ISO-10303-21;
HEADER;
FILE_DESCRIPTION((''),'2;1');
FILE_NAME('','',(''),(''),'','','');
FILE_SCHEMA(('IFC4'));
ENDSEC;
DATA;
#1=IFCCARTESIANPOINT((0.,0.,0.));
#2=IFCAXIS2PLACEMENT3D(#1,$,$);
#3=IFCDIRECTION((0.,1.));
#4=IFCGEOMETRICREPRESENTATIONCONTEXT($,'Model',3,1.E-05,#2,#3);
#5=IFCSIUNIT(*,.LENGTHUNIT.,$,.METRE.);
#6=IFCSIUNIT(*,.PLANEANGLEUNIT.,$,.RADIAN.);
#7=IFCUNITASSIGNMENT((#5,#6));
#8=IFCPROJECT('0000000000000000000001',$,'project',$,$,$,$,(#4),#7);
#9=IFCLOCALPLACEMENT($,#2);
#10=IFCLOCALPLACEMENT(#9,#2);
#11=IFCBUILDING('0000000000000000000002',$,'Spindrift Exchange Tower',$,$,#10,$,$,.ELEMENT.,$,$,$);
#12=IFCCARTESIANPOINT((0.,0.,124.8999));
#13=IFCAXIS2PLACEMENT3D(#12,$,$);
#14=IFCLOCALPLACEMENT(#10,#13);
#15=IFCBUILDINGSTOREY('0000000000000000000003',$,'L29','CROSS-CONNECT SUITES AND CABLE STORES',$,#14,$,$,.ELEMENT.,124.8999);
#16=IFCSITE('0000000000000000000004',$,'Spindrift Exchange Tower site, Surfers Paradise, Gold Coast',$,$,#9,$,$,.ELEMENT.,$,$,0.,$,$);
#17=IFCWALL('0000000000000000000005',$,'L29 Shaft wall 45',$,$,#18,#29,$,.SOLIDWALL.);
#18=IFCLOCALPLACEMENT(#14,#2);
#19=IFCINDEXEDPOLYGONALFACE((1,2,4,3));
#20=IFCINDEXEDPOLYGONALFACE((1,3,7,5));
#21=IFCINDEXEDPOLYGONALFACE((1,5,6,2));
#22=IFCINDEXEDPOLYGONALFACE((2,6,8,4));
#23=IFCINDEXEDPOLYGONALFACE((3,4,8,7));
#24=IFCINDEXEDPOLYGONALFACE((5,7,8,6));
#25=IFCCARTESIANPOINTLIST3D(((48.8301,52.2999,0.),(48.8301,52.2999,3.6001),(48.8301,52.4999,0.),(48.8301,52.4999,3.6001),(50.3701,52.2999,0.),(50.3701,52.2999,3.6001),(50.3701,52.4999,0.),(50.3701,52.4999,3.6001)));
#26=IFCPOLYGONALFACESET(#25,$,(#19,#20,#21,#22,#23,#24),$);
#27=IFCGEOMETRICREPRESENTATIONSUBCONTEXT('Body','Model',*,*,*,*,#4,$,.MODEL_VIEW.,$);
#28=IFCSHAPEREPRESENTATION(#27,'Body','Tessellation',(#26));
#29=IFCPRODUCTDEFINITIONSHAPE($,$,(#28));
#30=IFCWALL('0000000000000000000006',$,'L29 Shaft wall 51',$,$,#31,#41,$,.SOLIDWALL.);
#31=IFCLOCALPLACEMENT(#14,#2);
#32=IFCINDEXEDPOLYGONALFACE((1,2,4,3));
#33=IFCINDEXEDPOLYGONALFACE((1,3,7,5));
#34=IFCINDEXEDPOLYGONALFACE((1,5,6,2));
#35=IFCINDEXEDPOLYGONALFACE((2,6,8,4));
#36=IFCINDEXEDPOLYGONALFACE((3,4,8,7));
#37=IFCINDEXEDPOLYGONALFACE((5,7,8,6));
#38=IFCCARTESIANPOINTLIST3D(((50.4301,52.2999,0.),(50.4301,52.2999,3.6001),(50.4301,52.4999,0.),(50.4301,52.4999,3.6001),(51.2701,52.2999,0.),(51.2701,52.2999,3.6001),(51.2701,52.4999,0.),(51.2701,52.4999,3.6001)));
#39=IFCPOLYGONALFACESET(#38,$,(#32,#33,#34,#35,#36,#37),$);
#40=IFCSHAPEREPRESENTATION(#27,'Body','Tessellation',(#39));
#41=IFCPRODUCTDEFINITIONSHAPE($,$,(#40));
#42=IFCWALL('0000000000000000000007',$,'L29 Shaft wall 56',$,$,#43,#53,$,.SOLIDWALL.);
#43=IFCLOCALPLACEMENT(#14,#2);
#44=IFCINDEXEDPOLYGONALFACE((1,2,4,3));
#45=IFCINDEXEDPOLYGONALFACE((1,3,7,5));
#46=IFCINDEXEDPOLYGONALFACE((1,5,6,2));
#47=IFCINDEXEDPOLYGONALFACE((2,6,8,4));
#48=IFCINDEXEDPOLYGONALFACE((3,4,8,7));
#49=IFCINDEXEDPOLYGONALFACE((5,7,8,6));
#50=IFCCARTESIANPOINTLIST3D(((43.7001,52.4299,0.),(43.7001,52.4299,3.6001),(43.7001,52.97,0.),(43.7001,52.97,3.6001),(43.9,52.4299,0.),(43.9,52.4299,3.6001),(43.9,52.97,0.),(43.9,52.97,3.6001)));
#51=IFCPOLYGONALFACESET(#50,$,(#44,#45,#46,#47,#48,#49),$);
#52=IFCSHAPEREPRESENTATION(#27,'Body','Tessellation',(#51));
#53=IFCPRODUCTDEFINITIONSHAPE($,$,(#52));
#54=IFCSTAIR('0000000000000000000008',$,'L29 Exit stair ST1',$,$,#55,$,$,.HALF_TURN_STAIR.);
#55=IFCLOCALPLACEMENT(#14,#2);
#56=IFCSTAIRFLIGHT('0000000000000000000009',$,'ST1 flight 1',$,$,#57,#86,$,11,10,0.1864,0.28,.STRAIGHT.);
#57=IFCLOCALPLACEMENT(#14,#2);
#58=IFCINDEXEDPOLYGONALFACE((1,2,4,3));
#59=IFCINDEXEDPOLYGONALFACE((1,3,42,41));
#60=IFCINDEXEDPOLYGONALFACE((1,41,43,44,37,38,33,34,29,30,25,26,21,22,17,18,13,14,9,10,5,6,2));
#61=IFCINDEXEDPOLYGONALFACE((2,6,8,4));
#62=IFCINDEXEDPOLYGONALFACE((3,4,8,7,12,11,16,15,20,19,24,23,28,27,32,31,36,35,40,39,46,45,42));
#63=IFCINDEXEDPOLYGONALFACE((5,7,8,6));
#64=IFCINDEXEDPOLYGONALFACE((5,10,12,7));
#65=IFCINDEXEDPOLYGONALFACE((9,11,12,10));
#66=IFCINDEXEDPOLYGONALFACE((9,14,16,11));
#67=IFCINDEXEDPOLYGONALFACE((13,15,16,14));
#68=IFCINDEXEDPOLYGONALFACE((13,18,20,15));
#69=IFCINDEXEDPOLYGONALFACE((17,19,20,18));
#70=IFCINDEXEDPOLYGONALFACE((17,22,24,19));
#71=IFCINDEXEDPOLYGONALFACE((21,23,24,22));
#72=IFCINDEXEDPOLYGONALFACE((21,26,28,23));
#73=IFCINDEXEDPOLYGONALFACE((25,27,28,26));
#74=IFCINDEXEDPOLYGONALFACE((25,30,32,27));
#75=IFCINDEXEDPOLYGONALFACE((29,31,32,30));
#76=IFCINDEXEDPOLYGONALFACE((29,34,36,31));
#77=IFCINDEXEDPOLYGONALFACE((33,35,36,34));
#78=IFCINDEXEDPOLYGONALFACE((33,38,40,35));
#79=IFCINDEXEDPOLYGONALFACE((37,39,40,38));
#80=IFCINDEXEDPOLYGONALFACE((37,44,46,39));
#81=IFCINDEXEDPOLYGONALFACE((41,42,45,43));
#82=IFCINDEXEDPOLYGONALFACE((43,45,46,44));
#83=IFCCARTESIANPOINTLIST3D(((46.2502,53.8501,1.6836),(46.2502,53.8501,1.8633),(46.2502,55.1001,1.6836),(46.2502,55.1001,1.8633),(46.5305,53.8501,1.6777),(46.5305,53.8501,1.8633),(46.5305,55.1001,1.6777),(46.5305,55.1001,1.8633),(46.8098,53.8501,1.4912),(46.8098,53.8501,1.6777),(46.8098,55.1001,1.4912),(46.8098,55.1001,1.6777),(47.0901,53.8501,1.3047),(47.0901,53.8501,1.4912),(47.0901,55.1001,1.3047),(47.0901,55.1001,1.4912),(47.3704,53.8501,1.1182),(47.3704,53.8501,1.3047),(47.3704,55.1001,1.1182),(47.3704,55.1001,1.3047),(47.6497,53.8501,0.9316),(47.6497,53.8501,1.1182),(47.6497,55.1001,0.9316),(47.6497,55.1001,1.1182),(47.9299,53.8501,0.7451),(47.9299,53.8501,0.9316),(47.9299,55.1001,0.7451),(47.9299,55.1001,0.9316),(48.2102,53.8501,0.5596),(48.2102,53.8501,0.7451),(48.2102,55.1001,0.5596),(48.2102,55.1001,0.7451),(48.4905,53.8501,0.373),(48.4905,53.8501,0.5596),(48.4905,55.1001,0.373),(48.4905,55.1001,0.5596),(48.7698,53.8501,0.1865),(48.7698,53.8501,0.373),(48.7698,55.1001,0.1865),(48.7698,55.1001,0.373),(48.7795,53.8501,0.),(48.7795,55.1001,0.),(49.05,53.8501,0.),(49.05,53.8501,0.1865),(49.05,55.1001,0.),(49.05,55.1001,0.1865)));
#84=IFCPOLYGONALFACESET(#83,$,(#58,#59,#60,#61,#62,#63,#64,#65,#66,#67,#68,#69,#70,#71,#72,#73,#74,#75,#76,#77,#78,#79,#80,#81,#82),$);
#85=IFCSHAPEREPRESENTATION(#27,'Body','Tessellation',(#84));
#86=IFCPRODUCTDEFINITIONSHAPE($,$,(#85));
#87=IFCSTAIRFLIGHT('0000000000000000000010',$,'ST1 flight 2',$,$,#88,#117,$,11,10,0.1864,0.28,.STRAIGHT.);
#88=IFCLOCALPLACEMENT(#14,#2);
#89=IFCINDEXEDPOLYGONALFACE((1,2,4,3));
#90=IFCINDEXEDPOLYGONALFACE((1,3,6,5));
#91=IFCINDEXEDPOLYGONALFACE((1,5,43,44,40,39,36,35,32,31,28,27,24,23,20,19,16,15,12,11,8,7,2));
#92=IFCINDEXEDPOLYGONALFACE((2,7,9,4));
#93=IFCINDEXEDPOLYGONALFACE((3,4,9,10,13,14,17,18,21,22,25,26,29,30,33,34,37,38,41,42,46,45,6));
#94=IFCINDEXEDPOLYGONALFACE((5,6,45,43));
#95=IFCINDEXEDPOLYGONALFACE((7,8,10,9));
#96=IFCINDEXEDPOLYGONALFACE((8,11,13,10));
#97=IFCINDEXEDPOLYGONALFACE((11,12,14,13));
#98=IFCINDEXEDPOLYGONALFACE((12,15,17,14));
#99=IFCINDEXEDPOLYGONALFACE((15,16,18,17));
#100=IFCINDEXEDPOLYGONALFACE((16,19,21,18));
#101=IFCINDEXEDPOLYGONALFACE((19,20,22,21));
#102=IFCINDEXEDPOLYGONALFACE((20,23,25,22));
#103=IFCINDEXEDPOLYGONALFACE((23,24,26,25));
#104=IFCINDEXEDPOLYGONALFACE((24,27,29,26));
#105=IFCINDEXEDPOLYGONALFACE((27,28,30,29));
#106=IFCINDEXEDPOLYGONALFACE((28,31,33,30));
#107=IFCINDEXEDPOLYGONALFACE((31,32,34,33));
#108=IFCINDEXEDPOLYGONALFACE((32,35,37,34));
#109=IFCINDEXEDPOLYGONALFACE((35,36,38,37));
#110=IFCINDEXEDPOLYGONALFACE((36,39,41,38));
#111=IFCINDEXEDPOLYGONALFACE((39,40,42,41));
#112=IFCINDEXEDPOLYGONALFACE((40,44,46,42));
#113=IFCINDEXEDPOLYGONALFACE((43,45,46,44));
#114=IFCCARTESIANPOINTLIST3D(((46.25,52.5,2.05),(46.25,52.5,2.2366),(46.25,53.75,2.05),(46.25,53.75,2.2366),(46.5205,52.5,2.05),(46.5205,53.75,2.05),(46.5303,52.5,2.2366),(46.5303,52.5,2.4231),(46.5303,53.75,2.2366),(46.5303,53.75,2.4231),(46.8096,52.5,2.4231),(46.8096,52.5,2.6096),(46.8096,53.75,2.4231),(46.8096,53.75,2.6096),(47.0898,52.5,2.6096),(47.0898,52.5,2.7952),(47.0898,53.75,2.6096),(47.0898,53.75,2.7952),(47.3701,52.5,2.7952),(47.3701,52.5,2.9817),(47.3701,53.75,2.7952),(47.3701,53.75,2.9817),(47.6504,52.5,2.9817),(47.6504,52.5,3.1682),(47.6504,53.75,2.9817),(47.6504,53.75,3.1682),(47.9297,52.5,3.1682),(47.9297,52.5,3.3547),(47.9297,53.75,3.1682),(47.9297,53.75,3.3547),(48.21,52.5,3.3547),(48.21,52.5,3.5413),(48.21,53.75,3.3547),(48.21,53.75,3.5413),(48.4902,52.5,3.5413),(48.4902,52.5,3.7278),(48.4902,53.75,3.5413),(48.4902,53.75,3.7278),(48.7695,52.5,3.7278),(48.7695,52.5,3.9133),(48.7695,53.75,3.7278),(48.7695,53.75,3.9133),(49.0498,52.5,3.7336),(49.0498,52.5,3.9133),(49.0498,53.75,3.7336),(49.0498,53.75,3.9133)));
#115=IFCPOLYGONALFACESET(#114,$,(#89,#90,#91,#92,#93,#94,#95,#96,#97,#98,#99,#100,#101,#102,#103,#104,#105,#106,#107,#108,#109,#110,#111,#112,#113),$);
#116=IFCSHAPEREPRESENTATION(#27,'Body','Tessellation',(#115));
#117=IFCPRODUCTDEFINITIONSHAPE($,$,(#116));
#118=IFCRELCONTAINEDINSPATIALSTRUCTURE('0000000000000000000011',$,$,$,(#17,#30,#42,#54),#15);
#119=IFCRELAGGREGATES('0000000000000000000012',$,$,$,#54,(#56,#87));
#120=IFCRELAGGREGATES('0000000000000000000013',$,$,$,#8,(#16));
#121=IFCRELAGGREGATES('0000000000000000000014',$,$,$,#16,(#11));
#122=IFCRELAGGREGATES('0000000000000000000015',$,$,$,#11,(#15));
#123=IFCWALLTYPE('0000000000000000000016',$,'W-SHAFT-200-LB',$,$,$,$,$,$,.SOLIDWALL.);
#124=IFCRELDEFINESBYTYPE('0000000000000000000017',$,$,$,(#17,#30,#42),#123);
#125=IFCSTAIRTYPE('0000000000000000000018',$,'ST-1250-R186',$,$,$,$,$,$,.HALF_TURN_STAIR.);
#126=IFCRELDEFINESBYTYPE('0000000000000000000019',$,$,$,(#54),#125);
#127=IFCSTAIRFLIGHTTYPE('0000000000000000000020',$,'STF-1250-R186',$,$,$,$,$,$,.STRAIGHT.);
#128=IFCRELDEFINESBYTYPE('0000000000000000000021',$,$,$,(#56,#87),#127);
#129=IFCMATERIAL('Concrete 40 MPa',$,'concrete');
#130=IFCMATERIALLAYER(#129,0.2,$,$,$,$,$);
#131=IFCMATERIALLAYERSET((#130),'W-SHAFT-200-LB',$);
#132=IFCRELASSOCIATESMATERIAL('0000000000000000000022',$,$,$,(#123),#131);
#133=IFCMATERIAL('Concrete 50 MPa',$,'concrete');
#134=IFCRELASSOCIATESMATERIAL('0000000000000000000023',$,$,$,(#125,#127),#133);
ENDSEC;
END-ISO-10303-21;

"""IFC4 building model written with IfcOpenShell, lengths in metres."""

from ifc_helpers import new_model, si_unit, direction, frame, frame_2d, origin, place, context, subcontext, project, spatial, line, indexed_curve, rectangle, outline, extrude, material, layer, layer_set, type_object, element, aggregate, save


model = new_model("IFC4")

# Units and contexts
model_context = context("Model", 3, precision=1e-05, world=origin(), true_north=direction((0.0, 1.0)))
body_context = subcontext(model_context, "Body", "Model", "MODEL_VIEW")
ifc_project = project(units=[si_unit("LENGTHUNIT", "METRE"), si_unit("PLANEANGLEUNIT", "RADIAN")], contexts=[model_context])

# Site, building, storey
site_placement = place(None, origin())
site = spatial("IfcSite", under=ifc_project, at=site_placement, Name="Spindrift Exchange Tower site, Surfers Paradise, Gold Coast", CompositionType="ELEMENT", RefElevation=0.0)
building_placement = place(site_placement, origin())
building = spatial("IfcBuilding", under=site, at=building_placement, Name="Spindrift Exchange Tower", CompositionType="ELEMENT")
storey_placement = place(building_placement, frame((0.0, 0.0, 124.8999)))
storey = spatial("IfcBuildingStorey", under=building, at=storey_placement, Name="L29", Description="CROSS-CONNECT SUITES AND CABLE STORES", CompositionType="ELEMENT", Elevation=124.8999)

# Shared definitions
ifc_material_1 = material(Name="Concrete 40 MPa", Category="concrete")

# Shared definitions
ifc_layer_1 = layer(ifc_material_1, 0.2)
ifc_layer_set_1 = layer_set([ifc_layer_1], Name="W-SHAFT-200-LB")
wall_type_1 = type_object("IfcWallType", Name="W-SHAFT-200-LB", PredefinedType="SOLIDWALL", material=ifc_layer_set_1)

# Walls
wall_1_placement = place(storey_placement, frame((50.3701, 52.3999, 0.0), z_axis=(0.0, 0.0, 1.0), x_axis=(-1.0, 0.0, 0.0)))
element("IfcWall", 1, at=wall_1_placement, inside=storey, type_object=wall_type_1, Name="L29 Shaft wall 45", PredefinedType="SOLIDWALL", context=body_context, shape_type="SweptSolid", body=[
    extrude(rectangle(XDim=1.54, YDim=0.2, at=frame_2d((0.77, 0.0))), origin(), (0.0, 0.0, 1.0), 3.6001),
])
wall_2_placement = place(storey_placement, frame((51.27, 52.3999, 0.0), z_axis=(0.0, 0.0, 1.0), x_axis=(-1.0, 0.0, 0.0)))
element("IfcWall", 2, at=wall_2_placement, inside=storey, type_object=wall_type_1, Name="L29 Shaft wall 51", PredefinedType="SOLIDWALL", context=body_context, shape_type="SweptSolid", body=[
    extrude(rectangle(XDim=0.8401, YDim=0.2, at=frame_2d((0.4199, 0.0))), origin(), (0.0, 0.0, 1.0), 3.6001),
])
wall_3_placement = place(storey_placement, frame((43.8, 52.4299, 0.0), z_axis=(0.0, 0.0, 1.0), x_axis=(0.0, 1.0, 0.0)))
element("IfcWall", 3, at=wall_3_placement, inside=storey, type_object=wall_type_1, Name="L29 Shaft wall 56", PredefinedType="SOLIDWALL", context=body_context, shape_type="SweptSolid", body=[
    extrude(rectangle(XDim=0.54, YDim=0.2, at=frame_2d((0.27, 0.0))), origin(), (0.0, 0.0, 1.0), 3.6001),
])

# Stair, stair flights
ifc_material_2 = material(Name="Concrete 50 MPa", Category="concrete")
stair_type = type_object("IfcStairType", Name="ST-1250-R186", PredefinedType="HALF_TURN_STAIR", material=ifc_material_2)
stair_placement = place(storey_placement, origin())
stair = element("IfcStair", 4, at=stair_placement, inside=storey, type_object=stair_type, Name="L29 Exit stair ST1", PredefinedType="HALF_TURN_STAIR")
stair_flight_type = type_object("IfcStairFlightType", Name="STF-1250-R186", PredefinedType="STRAIGHT", material=ifc_material_2)
stair_flight_1_placement = place(storey_placement, frame((49.05, 54.4751, 0.0), z_axis=(0.0, 0.0, 1.0), x_axis=(-1.0, 0.0, 0.0)))
stair_flight_1 = element("IfcStairFlight", 5, at=stair_flight_1_placement, type_object=stair_flight_type, Name="ST1 flight 1", NumberOfRisers=11, NumberOfTreads=10, PredefinedType="STRAIGHT", RiserHeight=0.1864, TreadLength=0.28, context=body_context, shape_type="SweptSolid", body=[
    extrude(outline(indexed_curve([(0.0, 0.0), (0.0, 0.1865), (0.2803, 0.1865), (0.2803, 0.373), (0.5596, 0.373), (0.5596, 0.5596), (0.8398, 0.5596), (0.8398, 0.7451), (1.1201, 0.7451), (1.1201, 0.9316), (1.4004, 0.9316), (1.4004, 1.1182), (1.6797, 1.1182), (1.6797, 1.3047), (1.96, 1.3047), (1.96, 1.4912), (2.2402, 1.4912), (2.2402, 1.6777), (2.5195, 1.6777), (2.5195, 1.8633), (2.7998, 1.8633), (2.7998, 2.0498), (2.7998, 1.6836), (0.2705, 0.0)], segments=[line(1, 2, 3, 4, 5, 6, 7, 8, 9, 10, 11, 12, 13, 14, 15, 16, 17, 18, 19, 20, 21, 22, 23, 24, 1)], self_intersect=False)), frame((0.0, 0.625, 0.0), z_axis=(0.0, -1.0, 0.0), x_axis=(1.0, 0.0, 0.0)), (0.0, 0.0, 1.0), 1.25),
])
stair_flight_2_placement = place(storey_placement, frame((46.25, 53.125, 2.05), z_axis=(0.0, 0.0, 1.0), x_axis=(1.0, 0.0, 0.0)))
stair_flight_2 = element("IfcStairFlight", 6, at=stair_flight_2_placement, type_object=stair_flight_type, Name="ST1 flight 2", NumberOfRisers=11, NumberOfTreads=10, PredefinedType="STRAIGHT", RiserHeight=0.1864, TreadLength=0.28, context=body_context, shape_type="SweptSolid", body=[
    extrude(outline(indexed_curve([(0.0, 0.0), (0.0, 0.1865), (0.2803, 0.1865), (0.2803, 0.373), (0.5596, 0.373), (0.5596, 0.5596), (0.8398, 0.5596), (0.8398, 0.7451), (1.1201, 0.7451), (1.1201, 0.9316), (1.4004, 0.9316), (1.4004, 1.1182), (1.6797, 1.1182), (1.6797, 1.3047), (1.96, 1.3047), (1.96, 1.4912), (2.2402, 1.4912), (2.2402, 1.6777), (2.5195, 1.6777), (2.5195, 1.8633), (2.7998, 1.8633), (2.7998, 2.0498), (2.7998, 1.6836), (0.2705, 0.0)], segments=[line(1, 2, 3, 4, 5, 6, 7, 8, 9, 10, 11, 12, 13, 14, 15, 16, 17, 18, 19, 20, 21, 22, 23, 24, 1)], self_intersect=False)), frame((0.0, 0.625, 0.0), z_axis=(0.0, -1.0, 0.0), x_axis=(1.0, 0.0, 0.0)), (0.0, 0.0, 1.0), 1.25),
])
aggregate(stair, [stair_flight_1, stair_flight_2])

save(model, "model.ifc")
